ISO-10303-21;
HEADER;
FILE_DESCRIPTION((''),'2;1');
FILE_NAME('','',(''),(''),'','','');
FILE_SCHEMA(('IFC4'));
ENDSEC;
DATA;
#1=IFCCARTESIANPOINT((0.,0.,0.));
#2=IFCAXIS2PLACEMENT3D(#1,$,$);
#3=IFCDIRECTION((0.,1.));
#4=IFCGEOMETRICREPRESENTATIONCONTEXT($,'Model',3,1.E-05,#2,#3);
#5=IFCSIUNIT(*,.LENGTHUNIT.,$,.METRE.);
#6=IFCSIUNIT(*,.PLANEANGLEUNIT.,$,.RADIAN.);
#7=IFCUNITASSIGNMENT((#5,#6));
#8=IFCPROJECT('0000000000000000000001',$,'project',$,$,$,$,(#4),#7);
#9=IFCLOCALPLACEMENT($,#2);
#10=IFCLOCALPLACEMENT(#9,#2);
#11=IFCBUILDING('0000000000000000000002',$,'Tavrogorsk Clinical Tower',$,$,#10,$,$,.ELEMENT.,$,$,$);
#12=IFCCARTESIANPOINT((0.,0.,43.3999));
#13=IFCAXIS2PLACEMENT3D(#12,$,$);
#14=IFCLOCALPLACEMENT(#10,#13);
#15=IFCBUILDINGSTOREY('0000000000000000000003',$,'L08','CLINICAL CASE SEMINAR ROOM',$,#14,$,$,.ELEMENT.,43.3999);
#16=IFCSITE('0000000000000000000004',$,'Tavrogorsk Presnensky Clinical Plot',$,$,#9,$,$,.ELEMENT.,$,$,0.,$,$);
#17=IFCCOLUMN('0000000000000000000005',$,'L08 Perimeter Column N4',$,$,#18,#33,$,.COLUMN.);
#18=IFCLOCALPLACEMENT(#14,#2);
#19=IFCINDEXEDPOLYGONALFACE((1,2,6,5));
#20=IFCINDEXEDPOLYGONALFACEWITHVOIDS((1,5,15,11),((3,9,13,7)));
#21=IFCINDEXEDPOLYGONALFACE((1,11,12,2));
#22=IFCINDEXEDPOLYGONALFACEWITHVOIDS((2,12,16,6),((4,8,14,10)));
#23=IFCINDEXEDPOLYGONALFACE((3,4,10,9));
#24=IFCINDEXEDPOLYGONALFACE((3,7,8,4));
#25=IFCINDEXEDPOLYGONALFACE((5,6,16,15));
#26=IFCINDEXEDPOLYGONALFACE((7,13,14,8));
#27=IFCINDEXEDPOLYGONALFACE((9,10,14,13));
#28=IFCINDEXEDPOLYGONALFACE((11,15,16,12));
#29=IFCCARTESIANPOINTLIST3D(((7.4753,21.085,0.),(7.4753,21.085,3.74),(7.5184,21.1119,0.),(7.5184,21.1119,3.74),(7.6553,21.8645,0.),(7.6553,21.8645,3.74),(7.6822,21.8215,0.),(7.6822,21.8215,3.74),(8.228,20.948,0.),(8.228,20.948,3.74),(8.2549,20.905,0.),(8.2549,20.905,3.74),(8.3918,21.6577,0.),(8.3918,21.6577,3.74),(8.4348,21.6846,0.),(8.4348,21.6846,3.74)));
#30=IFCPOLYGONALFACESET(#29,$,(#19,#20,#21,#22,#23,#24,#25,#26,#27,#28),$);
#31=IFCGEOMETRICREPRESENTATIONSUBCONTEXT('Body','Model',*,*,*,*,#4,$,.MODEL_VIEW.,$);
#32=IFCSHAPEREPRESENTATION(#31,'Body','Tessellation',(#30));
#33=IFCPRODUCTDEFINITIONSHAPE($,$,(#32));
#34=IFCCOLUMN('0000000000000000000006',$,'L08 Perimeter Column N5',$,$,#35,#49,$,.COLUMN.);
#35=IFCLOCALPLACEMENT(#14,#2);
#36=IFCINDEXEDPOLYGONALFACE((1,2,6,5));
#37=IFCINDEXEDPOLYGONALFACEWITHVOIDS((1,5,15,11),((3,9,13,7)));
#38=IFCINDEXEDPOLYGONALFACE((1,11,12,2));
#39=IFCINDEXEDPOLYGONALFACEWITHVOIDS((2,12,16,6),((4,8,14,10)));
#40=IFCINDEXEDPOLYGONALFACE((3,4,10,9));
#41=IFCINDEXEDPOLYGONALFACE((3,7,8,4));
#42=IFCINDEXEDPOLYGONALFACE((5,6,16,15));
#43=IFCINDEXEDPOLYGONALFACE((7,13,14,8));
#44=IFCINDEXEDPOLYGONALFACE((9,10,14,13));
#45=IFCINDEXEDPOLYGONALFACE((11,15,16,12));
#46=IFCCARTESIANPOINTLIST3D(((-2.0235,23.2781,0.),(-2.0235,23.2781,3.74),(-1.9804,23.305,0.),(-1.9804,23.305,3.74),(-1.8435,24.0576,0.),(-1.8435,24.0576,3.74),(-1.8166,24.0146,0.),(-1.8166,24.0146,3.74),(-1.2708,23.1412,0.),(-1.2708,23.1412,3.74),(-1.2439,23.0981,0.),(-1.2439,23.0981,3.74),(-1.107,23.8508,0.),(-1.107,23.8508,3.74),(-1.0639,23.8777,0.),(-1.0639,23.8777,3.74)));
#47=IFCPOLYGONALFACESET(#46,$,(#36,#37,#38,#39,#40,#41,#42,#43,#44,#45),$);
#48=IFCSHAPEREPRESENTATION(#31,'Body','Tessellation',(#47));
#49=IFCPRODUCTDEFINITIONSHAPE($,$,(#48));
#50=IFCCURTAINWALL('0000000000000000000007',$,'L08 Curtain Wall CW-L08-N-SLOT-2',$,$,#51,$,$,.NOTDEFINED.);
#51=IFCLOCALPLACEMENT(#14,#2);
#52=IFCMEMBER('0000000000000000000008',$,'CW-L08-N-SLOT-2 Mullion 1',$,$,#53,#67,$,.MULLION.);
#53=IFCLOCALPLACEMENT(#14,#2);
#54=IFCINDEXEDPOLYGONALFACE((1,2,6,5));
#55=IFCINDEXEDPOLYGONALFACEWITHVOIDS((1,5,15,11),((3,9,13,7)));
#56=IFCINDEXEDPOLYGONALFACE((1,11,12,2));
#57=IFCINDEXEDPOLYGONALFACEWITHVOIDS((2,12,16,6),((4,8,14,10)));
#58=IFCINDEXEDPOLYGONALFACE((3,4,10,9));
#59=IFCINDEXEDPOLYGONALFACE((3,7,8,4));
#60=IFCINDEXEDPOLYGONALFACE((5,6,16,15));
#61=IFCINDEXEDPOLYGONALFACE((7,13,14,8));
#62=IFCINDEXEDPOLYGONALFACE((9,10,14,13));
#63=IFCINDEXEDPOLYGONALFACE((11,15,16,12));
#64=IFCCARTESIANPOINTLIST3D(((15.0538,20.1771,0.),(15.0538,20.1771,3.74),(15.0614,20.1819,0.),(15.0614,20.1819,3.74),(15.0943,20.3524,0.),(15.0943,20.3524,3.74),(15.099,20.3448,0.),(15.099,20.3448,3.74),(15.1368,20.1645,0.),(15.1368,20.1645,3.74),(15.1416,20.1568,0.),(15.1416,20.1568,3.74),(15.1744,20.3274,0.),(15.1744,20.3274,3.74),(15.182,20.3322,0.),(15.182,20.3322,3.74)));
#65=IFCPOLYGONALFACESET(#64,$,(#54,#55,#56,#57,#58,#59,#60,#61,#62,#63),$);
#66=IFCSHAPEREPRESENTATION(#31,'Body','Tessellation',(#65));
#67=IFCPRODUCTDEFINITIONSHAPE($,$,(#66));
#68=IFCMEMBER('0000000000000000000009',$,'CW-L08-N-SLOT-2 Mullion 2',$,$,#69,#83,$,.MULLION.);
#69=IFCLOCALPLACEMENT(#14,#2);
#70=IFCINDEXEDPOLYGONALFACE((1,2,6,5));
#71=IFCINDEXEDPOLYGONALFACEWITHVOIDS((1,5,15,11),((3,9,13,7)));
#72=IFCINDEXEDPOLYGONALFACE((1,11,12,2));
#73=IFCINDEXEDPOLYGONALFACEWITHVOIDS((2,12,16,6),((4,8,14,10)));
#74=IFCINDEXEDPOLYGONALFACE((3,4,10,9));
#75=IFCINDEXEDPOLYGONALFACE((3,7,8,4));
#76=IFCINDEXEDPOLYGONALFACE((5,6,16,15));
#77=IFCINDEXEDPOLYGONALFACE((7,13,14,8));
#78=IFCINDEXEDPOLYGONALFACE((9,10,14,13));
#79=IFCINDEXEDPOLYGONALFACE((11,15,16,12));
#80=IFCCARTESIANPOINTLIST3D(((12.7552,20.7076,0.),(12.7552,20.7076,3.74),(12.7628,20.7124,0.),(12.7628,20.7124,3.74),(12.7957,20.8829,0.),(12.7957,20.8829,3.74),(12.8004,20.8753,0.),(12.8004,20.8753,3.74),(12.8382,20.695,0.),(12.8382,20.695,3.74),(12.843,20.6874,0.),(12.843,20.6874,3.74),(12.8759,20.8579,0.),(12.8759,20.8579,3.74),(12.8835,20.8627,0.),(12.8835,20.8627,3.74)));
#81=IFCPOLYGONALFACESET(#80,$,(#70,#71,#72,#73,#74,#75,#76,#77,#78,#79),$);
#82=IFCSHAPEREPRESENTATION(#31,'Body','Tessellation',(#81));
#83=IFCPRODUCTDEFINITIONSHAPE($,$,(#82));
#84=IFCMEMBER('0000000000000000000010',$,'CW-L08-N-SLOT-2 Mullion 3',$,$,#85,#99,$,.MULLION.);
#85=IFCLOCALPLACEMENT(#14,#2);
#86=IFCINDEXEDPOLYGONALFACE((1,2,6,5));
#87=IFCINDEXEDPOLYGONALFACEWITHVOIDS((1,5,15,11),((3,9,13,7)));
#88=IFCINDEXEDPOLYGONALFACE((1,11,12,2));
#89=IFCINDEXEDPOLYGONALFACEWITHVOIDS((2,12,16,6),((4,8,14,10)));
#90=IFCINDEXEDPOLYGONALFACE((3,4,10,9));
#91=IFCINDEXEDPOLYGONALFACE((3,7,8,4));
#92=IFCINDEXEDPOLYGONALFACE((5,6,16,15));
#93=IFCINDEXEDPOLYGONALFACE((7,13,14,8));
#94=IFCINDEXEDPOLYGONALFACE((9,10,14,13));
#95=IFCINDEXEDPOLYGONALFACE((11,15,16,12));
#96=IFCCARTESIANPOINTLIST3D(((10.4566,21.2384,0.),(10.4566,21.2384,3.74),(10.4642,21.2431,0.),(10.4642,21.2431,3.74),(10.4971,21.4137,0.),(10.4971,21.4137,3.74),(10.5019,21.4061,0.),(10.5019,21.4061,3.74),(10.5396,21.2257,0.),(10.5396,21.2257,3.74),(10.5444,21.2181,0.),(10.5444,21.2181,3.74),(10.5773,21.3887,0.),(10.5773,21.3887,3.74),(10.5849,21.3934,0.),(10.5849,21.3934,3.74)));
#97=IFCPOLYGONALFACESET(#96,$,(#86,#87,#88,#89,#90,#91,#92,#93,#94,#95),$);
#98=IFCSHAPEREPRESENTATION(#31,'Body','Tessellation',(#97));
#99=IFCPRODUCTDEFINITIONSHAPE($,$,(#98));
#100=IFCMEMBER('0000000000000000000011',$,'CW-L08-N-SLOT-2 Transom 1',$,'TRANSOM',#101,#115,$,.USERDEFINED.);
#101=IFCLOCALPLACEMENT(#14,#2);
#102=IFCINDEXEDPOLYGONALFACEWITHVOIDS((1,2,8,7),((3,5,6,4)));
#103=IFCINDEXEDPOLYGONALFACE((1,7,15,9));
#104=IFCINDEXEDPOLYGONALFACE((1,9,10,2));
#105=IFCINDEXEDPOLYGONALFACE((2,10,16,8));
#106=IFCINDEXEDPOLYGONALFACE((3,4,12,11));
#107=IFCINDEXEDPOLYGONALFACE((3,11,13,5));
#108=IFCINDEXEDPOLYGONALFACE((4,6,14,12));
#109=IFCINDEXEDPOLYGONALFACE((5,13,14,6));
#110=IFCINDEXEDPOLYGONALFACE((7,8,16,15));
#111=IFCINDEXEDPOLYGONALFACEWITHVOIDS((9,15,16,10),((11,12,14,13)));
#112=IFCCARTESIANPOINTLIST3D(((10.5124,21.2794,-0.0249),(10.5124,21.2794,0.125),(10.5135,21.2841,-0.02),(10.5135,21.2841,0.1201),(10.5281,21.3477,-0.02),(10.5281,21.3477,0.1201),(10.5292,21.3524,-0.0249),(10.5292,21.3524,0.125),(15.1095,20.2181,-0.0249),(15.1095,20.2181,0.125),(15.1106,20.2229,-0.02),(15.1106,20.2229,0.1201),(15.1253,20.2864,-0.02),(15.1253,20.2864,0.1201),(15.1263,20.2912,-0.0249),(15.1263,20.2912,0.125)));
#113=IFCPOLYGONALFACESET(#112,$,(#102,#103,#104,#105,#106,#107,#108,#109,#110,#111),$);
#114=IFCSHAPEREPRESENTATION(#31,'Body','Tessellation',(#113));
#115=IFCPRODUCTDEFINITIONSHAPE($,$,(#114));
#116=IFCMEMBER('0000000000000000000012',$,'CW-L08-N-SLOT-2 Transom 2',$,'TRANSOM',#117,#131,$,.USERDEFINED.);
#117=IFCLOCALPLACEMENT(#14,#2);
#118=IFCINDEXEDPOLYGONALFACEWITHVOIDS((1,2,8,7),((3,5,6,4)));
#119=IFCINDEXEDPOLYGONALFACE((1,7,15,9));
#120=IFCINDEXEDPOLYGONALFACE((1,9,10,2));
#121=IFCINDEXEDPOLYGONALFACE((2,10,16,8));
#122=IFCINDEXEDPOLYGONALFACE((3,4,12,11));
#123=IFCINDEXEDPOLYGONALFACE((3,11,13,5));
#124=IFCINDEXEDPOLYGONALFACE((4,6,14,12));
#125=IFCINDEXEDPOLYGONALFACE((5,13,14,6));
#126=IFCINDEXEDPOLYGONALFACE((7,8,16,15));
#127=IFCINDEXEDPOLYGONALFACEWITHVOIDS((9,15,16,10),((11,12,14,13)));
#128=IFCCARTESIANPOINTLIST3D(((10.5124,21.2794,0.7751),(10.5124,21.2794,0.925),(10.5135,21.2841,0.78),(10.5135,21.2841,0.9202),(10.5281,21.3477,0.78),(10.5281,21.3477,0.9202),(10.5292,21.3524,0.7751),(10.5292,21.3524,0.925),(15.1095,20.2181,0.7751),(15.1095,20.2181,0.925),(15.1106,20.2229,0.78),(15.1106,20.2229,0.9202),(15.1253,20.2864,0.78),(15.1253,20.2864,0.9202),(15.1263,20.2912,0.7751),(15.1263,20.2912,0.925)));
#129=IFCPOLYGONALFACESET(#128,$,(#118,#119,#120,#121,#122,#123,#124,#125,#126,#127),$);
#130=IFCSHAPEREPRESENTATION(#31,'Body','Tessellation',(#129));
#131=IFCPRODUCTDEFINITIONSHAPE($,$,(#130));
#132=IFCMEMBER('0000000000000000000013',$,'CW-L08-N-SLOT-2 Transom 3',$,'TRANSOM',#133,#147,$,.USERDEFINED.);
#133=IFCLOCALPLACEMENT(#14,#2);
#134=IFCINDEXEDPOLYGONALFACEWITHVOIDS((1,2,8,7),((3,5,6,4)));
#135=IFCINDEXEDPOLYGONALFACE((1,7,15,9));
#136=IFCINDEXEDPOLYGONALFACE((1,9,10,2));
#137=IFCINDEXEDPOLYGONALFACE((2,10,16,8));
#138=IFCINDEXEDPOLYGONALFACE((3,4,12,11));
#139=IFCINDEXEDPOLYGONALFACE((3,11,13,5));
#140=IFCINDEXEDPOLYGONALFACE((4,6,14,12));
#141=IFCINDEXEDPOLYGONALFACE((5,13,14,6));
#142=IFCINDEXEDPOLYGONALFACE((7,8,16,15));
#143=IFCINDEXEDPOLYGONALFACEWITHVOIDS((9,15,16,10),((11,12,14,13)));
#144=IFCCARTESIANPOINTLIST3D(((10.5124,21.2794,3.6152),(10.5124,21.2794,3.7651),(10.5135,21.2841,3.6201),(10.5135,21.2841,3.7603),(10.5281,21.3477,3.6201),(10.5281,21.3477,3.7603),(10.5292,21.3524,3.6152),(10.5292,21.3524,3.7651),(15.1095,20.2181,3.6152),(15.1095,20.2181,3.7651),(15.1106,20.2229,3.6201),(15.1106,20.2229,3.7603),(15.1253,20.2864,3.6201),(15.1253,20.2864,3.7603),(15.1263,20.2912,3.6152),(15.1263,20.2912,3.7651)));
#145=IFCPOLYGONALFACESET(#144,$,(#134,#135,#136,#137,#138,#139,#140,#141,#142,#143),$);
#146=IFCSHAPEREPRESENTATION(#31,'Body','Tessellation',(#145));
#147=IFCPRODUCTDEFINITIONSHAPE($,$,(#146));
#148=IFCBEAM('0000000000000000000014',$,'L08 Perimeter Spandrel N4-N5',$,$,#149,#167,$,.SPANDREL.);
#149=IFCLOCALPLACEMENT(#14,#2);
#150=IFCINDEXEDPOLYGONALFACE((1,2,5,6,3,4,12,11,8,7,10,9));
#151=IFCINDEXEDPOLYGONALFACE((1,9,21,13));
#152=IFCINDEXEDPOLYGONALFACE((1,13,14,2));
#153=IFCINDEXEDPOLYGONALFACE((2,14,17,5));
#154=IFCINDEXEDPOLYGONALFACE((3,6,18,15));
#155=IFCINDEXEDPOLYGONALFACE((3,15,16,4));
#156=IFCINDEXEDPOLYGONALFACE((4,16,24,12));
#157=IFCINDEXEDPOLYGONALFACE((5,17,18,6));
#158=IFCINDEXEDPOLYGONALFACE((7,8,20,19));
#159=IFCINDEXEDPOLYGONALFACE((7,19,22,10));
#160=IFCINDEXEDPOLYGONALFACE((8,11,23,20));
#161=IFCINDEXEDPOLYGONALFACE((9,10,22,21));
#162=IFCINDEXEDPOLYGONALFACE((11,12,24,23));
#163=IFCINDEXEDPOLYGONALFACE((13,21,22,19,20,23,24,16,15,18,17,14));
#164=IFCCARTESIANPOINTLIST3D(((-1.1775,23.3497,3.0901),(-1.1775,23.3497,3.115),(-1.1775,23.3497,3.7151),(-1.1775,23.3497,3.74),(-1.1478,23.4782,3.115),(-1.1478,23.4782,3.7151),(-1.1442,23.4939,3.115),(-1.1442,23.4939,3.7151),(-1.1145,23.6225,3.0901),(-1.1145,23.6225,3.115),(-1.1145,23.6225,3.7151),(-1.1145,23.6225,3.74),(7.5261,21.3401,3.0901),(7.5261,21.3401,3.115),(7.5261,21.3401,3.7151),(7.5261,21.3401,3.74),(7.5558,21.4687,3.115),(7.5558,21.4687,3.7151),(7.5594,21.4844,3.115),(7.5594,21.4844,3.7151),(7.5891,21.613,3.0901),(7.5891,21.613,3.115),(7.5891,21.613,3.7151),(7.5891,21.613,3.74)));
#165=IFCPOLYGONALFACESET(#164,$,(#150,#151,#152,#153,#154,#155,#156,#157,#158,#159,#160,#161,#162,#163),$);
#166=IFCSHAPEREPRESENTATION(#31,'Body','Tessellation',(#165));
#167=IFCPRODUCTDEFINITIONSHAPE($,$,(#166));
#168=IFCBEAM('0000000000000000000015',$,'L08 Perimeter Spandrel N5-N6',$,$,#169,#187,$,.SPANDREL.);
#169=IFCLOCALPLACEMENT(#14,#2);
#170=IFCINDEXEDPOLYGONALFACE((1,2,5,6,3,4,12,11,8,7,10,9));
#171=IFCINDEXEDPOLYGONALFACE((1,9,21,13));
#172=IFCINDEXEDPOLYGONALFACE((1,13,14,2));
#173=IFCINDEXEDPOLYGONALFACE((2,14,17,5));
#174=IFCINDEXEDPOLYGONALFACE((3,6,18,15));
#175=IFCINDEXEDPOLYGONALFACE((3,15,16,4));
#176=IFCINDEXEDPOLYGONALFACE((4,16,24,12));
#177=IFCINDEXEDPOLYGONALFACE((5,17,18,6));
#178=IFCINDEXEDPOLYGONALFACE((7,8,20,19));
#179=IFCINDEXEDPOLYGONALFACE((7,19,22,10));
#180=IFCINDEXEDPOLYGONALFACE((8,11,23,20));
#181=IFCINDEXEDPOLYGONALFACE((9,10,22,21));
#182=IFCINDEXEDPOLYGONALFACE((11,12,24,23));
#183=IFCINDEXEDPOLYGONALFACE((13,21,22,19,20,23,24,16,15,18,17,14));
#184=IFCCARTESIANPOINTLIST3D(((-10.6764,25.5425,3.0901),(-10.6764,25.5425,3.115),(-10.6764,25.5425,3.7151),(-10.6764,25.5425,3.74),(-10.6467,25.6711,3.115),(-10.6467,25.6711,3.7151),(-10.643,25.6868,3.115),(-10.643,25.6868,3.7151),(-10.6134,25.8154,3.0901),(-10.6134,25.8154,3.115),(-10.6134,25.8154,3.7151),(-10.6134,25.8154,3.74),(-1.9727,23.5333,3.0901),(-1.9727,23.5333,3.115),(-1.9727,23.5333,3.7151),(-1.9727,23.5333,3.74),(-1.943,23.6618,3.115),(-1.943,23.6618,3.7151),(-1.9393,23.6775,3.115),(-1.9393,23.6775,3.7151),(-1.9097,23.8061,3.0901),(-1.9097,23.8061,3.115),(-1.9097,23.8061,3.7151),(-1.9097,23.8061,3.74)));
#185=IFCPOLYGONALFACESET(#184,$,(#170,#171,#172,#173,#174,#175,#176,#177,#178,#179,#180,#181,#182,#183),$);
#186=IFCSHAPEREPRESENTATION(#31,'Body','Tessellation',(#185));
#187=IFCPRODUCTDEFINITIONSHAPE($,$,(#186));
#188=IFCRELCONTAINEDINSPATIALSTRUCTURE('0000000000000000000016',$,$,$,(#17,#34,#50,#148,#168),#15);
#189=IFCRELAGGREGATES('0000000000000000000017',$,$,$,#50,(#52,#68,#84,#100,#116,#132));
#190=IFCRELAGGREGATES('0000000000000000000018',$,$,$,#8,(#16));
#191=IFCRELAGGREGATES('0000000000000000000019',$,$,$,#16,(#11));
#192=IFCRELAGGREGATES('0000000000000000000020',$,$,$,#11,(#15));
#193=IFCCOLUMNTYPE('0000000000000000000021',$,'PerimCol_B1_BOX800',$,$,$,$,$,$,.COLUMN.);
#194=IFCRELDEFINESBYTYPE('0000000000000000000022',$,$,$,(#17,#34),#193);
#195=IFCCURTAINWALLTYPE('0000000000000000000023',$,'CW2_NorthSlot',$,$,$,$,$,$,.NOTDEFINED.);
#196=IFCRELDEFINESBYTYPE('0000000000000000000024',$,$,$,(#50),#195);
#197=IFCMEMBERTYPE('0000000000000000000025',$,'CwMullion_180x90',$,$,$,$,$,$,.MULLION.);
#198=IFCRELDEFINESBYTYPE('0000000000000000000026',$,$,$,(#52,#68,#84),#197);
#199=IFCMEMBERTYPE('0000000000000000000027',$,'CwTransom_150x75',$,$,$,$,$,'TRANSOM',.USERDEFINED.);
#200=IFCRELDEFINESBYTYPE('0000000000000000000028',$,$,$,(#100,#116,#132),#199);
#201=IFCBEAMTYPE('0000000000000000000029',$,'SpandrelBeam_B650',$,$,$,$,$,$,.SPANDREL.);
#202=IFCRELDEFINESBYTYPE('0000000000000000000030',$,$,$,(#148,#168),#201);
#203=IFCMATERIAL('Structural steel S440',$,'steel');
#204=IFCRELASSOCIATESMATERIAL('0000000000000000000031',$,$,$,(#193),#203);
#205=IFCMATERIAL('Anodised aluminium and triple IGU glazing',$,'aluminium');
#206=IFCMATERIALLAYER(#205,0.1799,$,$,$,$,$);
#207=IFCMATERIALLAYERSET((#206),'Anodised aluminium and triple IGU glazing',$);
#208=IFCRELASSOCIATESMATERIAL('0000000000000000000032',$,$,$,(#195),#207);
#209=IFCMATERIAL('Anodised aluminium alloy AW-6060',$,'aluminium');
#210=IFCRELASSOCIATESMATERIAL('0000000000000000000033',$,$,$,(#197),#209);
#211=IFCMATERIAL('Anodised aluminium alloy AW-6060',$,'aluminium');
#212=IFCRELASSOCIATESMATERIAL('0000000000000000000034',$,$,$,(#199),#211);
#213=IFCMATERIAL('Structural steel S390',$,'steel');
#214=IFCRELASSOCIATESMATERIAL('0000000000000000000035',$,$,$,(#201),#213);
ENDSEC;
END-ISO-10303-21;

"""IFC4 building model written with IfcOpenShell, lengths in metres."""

from ifc_helpers import new_model, si_unit, direction, frame, origin, origin_2d, place, context, subcontext, project, spatial, hollow_rectangle, i_section, extrude, material, layer, layer_set, material_profile, profile_set, type_object, element, aggregate, save


model = new_model("IFC4")

# Units and contexts
model_context = context("Model", 3, precision=1e-05, world=origin(), true_north=direction((0.0, 1.0)))
body_context = subcontext(model_context, "Body", "Model", "MODEL_VIEW")
ifc_project = project(units=[si_unit("LENGTHUNIT", "METRE"), si_unit("PLANEANGLEUNIT", "RADIAN")], contexts=[model_context])

# Site, building, storey
site_placement = place(None, origin())
site = spatial("IfcSite", under=ifc_project, at=site_placement, Name="Tavrogorsk Presnensky Clinical Plot", CompositionType="ELEMENT", RefElevation=0.0)
building_placement = place(site_placement, origin())
building = spatial("IfcBuilding", under=site, at=building_placement, Name="Tavrogorsk Clinical Tower", CompositionType="ELEMENT")
storey_placement = place(building_placement, frame((0.0, 0.0, 43.3999)))
storey = spatial("IfcBuildingStorey", under=building, at=storey_placement, Name="L08", Description="CLINICAL CASE SEMINAR ROOM", CompositionType="ELEMENT", Elevation=43.3999)

# Columns
ifc_material_1 = material(Name="Structural steel S440", Category="steel")
ifc_material_profile_1 = material_profile(ifc_material_1, hollow_rectangle(XDim=0.8, YDim=0.8, WallThickness=0.0359, at=origin_2d()), Name="BOX-800x800x36")
ifc_profile_set_1 = profile_set([ifc_material_profile_1], Name="Structural steel S440")
column_type = type_object("IfcColumnType", Name="PerimCol_B1_BOX800", PredefinedType="COLUMN", material=ifc_profile_set_1)
for number, where, z_axis, x_axis, name in (
    (1, (7.9551, 21.3848, 0.0), (0.0, 0.0, 1.0), (0.97437, -0.224951, 0.0), "L08 Perimeter Column N4"),
    (2, (-1.5437, 23.5779, 0.0), (0.0, 0.0, 1.0), (0.97437, -0.224951, 0.0), "L08 Perimeter Column N5"),
):
    element("IfcColumn", number, at=place(storey_placement, frame(where, z_axis=z_axis, x_axis=x_axis)), inside=storey, type_object=column_type, Name=name, PredefinedType="COLUMN", context=body_context, shape_type="SweptSolid", body=[
        extrude(hollow_rectangle(XDim=0.8, YDim=0.8, WallThickness=0.0359, at=origin_2d()), origin(), (0.0, 0.0, 1.0), 3.74),
    ])

# Curtain wall, members
ifc_material_2 = material(Name="Anodised aluminium and triple IGU glazing", Category="aluminium")
ifc_layer_1 = layer(ifc_material_2, 0.1799)
ifc_layer_set_1 = layer_set([ifc_layer_1], Name="Anodised aluminium and triple IGU glazing")
curtain_wall_type = type_object("IfcCurtainWallType", Name="CW2_NorthSlot", PredefinedType="NOTDEFINED", material=ifc_layer_set_1)
curtain_wall_placement = place(storey_placement, origin())
curtain_wall = element("IfcCurtainWall", 3, at=curtain_wall_placement, inside=storey, type_object=curtain_wall_type, Name="L08 Curtain Wall CW-L08-N-SLOT-2", PredefinedType="NOTDEFINED")
ifc_material_3 = material(Name="Anodised aluminium alloy AW-6060", Category="aluminium")
ifc_material_profile_2 = material_profile(ifc_material_3, hollow_rectangle(XDim=0.0901, YDim=0.1799, WallThickness=0.0063, at=origin_2d()), Name="RHS-180x90x6.3")
ifc_profile_set_2 = profile_set([ifc_material_profile_2], Name="Anodised aluminium alloy AW-6060")
member_type_1 = type_object("IfcMemberType", Name="CwMullion_180x90", PredefinedType="MULLION", material=ifc_profile_set_2)
member_1_placement = place(storey_placement, frame((15.1179, 20.2546, 0.0), z_axis=(0.0, 0.0, 1.0), x_axis=(-0.97437, 0.224951, 0.0)))
member_1 = element("IfcMember", 4, at=member_1_placement, type_object=member_type_1, Name="CW-L08-N-SLOT-2 Mullion 1", PredefinedType="MULLION", context=body_context, shape_type="SweptSolid", body=[
    extrude(hollow_rectangle(XDim=0.0901, YDim=0.1799, WallThickness=0.0063, at=origin_2d()), origin(), (0.0, 0.0, 1.0), 3.74),
])
member_2_placement = place(storey_placement, frame((12.8193, 20.7852, 0.0), z_axis=(0.0, 0.0, 1.0), x_axis=(-0.97437, 0.224951, 0.0)))
member_2 = element("IfcMember", 5, at=member_2_placement, type_object=member_type_1, Name="CW-L08-N-SLOT-2 Mullion 2", PredefinedType="MULLION", context=body_context, shape_type="SweptSolid", body=[
    extrude(hollow_rectangle(XDim=0.0901, YDim=0.1799, WallThickness=0.0063, at=origin_2d()), origin(), (0.0, 0.0, 1.0), 3.74),
])
member_3_placement = place(storey_placement, frame((10.5208, 21.3159, 0.0), z_axis=(0.0, 0.0, 1.0), x_axis=(-0.97437, 0.224951, 0.0)))
member_3 = element("IfcMember", 6, at=member_3_placement, type_object=member_type_1, Name="CW-L08-N-SLOT-2 Mullion 3", PredefinedType="MULLION", context=body_context, shape_type="SweptSolid", body=[
    extrude(hollow_rectangle(XDim=0.0901, YDim=0.1799, WallThickness=0.0063, at=origin_2d()), origin(), (0.0, 0.0, 1.0), 3.74),
])
ifc_material_4 = material(Name="Anodised aluminium alloy AW-6060", Category="aluminium")
ifc_material_profile_3 = material_profile(ifc_material_4, hollow_rectangle(XDim=0.075, YDim=0.1499, WallThickness=0.0049, at=origin_2d()), Name="RHS-150x75x5")
ifc_profile_set_3 = profile_set([ifc_material_profile_3], Name="Anodised aluminium alloy AW-6060")
member_type_2 = type_object("IfcMemberType", Name="CwTransom_150x75", ElementType="TRANSOM", PredefinedType="USERDEFINED", material=ifc_profile_set_3)
member_4_placement = place(storey_placement, frame((15.1179, 20.2546, 0.05), z_axis=(-0.974373, 0.224939, 0.0), x_axis=(-0.224939, -0.974373, 0.0)))
member_4 = element("IfcMember", 7, at=member_4_placement, type_object=member_type_2, Name="CW-L08-N-SLOT-2 Transom 1", ObjectType="TRANSOM", PredefinedType="USERDEFINED", context=body_context, shape_type="SweptSolid", body=[
    extrude(hollow_rectangle(XDim=0.075, YDim=0.1499, WallThickness=0.0049, at=origin_2d()), origin(), (0.0, 0.0, 1.0), 4.718),
])
member_5_placement = place(storey_placement, frame((15.1179, 20.2546, 0.8501), z_axis=(-0.974373, 0.224939, 0.0), x_axis=(-0.224939, -0.974373, 0.0)))
member_5 = element("IfcMember", 8, at=member_5_placement, type_object=member_type_2, Name="CW-L08-N-SLOT-2 Transom 2", ObjectType="TRANSOM", PredefinedType="USERDEFINED", context=body_context, shape_type="SweptSolid", body=[
    extrude(hollow_rectangle(XDim=0.075, YDim=0.1499, WallThickness=0.0049, at=origin_2d()), origin(), (0.0, 0.0, 1.0), 4.718),
])
member_6_placement = place(storey_placement, frame((15.1179, 20.2546, 3.6902), z_axis=(-0.974373, 0.224939, 0.0), x_axis=(-0.224939, -0.974373, 0.0)))
member_6 = element("IfcMember", 9, at=member_6_placement, type_object=member_type_2, Name="CW-L08-N-SLOT-2 Transom 3", ObjectType="TRANSOM", PredefinedType="USERDEFINED", context=body_context, shape_type="SweptSolid", body=[
    extrude(hollow_rectangle(XDim=0.075, YDim=0.1499, WallThickness=0.0049, at=origin_2d()), origin(), (0.0, 0.0, 1.0), 4.718),
])

# Beams
ifc_material_5 = material(Name="Structural steel S390", Category="steel")
ifc_material_profile_4 = material_profile(ifc_material_5, i_section(OverallWidth=0.28, OverallDepth=0.6499, WebThickness=0.0161, FlangeThickness=0.0249, at=origin_2d()), Name="B-650x280x16x25")
ifc_profile_set_4 = profile_set([ifc_material_profile_4], Name="Structural steel S390")
beam_type = type_object("IfcBeamType", Name="SpandrelBeam_B650", PredefinedType="SPANDREL", material=ifc_profile_set_4)
for number, where, z_axis, x_axis, name in (
    (10, (7.5576, 21.4766, 3.415), (-0.974367, 0.224965, 0.0), (-0.224965, -0.974367, 0.0), "L08 Perimeter Spandrel N4-N5"),
    (11, (-1.9412, 23.6697, 3.415), (-0.974373, 0.224939, 0.0), (-0.224939, -0.974373, 0.0), "L08 Perimeter Spandrel N5-N6"),
):
    element("IfcBeam", number, at=place(storey_placement, frame(where, z_axis=z_axis, x_axis=x_axis)), inside=storey, type_object=beam_type, Name=name, PredefinedType="SPANDREL", context=body_context, shape_type="SweptSolid", body=[
        extrude(i_section(OverallWidth=0.28, OverallDepth=0.6499, WebThickness=0.0161, FlangeThickness=0.0249, at=origin_2d()), origin(), (0.0, 0.0, 1.0), 8.9326),
    ])

aggregate(curtain_wall, [member_1, member_2, member_3, member_4, member_5, member_6])

save(model, "model.ifc")
